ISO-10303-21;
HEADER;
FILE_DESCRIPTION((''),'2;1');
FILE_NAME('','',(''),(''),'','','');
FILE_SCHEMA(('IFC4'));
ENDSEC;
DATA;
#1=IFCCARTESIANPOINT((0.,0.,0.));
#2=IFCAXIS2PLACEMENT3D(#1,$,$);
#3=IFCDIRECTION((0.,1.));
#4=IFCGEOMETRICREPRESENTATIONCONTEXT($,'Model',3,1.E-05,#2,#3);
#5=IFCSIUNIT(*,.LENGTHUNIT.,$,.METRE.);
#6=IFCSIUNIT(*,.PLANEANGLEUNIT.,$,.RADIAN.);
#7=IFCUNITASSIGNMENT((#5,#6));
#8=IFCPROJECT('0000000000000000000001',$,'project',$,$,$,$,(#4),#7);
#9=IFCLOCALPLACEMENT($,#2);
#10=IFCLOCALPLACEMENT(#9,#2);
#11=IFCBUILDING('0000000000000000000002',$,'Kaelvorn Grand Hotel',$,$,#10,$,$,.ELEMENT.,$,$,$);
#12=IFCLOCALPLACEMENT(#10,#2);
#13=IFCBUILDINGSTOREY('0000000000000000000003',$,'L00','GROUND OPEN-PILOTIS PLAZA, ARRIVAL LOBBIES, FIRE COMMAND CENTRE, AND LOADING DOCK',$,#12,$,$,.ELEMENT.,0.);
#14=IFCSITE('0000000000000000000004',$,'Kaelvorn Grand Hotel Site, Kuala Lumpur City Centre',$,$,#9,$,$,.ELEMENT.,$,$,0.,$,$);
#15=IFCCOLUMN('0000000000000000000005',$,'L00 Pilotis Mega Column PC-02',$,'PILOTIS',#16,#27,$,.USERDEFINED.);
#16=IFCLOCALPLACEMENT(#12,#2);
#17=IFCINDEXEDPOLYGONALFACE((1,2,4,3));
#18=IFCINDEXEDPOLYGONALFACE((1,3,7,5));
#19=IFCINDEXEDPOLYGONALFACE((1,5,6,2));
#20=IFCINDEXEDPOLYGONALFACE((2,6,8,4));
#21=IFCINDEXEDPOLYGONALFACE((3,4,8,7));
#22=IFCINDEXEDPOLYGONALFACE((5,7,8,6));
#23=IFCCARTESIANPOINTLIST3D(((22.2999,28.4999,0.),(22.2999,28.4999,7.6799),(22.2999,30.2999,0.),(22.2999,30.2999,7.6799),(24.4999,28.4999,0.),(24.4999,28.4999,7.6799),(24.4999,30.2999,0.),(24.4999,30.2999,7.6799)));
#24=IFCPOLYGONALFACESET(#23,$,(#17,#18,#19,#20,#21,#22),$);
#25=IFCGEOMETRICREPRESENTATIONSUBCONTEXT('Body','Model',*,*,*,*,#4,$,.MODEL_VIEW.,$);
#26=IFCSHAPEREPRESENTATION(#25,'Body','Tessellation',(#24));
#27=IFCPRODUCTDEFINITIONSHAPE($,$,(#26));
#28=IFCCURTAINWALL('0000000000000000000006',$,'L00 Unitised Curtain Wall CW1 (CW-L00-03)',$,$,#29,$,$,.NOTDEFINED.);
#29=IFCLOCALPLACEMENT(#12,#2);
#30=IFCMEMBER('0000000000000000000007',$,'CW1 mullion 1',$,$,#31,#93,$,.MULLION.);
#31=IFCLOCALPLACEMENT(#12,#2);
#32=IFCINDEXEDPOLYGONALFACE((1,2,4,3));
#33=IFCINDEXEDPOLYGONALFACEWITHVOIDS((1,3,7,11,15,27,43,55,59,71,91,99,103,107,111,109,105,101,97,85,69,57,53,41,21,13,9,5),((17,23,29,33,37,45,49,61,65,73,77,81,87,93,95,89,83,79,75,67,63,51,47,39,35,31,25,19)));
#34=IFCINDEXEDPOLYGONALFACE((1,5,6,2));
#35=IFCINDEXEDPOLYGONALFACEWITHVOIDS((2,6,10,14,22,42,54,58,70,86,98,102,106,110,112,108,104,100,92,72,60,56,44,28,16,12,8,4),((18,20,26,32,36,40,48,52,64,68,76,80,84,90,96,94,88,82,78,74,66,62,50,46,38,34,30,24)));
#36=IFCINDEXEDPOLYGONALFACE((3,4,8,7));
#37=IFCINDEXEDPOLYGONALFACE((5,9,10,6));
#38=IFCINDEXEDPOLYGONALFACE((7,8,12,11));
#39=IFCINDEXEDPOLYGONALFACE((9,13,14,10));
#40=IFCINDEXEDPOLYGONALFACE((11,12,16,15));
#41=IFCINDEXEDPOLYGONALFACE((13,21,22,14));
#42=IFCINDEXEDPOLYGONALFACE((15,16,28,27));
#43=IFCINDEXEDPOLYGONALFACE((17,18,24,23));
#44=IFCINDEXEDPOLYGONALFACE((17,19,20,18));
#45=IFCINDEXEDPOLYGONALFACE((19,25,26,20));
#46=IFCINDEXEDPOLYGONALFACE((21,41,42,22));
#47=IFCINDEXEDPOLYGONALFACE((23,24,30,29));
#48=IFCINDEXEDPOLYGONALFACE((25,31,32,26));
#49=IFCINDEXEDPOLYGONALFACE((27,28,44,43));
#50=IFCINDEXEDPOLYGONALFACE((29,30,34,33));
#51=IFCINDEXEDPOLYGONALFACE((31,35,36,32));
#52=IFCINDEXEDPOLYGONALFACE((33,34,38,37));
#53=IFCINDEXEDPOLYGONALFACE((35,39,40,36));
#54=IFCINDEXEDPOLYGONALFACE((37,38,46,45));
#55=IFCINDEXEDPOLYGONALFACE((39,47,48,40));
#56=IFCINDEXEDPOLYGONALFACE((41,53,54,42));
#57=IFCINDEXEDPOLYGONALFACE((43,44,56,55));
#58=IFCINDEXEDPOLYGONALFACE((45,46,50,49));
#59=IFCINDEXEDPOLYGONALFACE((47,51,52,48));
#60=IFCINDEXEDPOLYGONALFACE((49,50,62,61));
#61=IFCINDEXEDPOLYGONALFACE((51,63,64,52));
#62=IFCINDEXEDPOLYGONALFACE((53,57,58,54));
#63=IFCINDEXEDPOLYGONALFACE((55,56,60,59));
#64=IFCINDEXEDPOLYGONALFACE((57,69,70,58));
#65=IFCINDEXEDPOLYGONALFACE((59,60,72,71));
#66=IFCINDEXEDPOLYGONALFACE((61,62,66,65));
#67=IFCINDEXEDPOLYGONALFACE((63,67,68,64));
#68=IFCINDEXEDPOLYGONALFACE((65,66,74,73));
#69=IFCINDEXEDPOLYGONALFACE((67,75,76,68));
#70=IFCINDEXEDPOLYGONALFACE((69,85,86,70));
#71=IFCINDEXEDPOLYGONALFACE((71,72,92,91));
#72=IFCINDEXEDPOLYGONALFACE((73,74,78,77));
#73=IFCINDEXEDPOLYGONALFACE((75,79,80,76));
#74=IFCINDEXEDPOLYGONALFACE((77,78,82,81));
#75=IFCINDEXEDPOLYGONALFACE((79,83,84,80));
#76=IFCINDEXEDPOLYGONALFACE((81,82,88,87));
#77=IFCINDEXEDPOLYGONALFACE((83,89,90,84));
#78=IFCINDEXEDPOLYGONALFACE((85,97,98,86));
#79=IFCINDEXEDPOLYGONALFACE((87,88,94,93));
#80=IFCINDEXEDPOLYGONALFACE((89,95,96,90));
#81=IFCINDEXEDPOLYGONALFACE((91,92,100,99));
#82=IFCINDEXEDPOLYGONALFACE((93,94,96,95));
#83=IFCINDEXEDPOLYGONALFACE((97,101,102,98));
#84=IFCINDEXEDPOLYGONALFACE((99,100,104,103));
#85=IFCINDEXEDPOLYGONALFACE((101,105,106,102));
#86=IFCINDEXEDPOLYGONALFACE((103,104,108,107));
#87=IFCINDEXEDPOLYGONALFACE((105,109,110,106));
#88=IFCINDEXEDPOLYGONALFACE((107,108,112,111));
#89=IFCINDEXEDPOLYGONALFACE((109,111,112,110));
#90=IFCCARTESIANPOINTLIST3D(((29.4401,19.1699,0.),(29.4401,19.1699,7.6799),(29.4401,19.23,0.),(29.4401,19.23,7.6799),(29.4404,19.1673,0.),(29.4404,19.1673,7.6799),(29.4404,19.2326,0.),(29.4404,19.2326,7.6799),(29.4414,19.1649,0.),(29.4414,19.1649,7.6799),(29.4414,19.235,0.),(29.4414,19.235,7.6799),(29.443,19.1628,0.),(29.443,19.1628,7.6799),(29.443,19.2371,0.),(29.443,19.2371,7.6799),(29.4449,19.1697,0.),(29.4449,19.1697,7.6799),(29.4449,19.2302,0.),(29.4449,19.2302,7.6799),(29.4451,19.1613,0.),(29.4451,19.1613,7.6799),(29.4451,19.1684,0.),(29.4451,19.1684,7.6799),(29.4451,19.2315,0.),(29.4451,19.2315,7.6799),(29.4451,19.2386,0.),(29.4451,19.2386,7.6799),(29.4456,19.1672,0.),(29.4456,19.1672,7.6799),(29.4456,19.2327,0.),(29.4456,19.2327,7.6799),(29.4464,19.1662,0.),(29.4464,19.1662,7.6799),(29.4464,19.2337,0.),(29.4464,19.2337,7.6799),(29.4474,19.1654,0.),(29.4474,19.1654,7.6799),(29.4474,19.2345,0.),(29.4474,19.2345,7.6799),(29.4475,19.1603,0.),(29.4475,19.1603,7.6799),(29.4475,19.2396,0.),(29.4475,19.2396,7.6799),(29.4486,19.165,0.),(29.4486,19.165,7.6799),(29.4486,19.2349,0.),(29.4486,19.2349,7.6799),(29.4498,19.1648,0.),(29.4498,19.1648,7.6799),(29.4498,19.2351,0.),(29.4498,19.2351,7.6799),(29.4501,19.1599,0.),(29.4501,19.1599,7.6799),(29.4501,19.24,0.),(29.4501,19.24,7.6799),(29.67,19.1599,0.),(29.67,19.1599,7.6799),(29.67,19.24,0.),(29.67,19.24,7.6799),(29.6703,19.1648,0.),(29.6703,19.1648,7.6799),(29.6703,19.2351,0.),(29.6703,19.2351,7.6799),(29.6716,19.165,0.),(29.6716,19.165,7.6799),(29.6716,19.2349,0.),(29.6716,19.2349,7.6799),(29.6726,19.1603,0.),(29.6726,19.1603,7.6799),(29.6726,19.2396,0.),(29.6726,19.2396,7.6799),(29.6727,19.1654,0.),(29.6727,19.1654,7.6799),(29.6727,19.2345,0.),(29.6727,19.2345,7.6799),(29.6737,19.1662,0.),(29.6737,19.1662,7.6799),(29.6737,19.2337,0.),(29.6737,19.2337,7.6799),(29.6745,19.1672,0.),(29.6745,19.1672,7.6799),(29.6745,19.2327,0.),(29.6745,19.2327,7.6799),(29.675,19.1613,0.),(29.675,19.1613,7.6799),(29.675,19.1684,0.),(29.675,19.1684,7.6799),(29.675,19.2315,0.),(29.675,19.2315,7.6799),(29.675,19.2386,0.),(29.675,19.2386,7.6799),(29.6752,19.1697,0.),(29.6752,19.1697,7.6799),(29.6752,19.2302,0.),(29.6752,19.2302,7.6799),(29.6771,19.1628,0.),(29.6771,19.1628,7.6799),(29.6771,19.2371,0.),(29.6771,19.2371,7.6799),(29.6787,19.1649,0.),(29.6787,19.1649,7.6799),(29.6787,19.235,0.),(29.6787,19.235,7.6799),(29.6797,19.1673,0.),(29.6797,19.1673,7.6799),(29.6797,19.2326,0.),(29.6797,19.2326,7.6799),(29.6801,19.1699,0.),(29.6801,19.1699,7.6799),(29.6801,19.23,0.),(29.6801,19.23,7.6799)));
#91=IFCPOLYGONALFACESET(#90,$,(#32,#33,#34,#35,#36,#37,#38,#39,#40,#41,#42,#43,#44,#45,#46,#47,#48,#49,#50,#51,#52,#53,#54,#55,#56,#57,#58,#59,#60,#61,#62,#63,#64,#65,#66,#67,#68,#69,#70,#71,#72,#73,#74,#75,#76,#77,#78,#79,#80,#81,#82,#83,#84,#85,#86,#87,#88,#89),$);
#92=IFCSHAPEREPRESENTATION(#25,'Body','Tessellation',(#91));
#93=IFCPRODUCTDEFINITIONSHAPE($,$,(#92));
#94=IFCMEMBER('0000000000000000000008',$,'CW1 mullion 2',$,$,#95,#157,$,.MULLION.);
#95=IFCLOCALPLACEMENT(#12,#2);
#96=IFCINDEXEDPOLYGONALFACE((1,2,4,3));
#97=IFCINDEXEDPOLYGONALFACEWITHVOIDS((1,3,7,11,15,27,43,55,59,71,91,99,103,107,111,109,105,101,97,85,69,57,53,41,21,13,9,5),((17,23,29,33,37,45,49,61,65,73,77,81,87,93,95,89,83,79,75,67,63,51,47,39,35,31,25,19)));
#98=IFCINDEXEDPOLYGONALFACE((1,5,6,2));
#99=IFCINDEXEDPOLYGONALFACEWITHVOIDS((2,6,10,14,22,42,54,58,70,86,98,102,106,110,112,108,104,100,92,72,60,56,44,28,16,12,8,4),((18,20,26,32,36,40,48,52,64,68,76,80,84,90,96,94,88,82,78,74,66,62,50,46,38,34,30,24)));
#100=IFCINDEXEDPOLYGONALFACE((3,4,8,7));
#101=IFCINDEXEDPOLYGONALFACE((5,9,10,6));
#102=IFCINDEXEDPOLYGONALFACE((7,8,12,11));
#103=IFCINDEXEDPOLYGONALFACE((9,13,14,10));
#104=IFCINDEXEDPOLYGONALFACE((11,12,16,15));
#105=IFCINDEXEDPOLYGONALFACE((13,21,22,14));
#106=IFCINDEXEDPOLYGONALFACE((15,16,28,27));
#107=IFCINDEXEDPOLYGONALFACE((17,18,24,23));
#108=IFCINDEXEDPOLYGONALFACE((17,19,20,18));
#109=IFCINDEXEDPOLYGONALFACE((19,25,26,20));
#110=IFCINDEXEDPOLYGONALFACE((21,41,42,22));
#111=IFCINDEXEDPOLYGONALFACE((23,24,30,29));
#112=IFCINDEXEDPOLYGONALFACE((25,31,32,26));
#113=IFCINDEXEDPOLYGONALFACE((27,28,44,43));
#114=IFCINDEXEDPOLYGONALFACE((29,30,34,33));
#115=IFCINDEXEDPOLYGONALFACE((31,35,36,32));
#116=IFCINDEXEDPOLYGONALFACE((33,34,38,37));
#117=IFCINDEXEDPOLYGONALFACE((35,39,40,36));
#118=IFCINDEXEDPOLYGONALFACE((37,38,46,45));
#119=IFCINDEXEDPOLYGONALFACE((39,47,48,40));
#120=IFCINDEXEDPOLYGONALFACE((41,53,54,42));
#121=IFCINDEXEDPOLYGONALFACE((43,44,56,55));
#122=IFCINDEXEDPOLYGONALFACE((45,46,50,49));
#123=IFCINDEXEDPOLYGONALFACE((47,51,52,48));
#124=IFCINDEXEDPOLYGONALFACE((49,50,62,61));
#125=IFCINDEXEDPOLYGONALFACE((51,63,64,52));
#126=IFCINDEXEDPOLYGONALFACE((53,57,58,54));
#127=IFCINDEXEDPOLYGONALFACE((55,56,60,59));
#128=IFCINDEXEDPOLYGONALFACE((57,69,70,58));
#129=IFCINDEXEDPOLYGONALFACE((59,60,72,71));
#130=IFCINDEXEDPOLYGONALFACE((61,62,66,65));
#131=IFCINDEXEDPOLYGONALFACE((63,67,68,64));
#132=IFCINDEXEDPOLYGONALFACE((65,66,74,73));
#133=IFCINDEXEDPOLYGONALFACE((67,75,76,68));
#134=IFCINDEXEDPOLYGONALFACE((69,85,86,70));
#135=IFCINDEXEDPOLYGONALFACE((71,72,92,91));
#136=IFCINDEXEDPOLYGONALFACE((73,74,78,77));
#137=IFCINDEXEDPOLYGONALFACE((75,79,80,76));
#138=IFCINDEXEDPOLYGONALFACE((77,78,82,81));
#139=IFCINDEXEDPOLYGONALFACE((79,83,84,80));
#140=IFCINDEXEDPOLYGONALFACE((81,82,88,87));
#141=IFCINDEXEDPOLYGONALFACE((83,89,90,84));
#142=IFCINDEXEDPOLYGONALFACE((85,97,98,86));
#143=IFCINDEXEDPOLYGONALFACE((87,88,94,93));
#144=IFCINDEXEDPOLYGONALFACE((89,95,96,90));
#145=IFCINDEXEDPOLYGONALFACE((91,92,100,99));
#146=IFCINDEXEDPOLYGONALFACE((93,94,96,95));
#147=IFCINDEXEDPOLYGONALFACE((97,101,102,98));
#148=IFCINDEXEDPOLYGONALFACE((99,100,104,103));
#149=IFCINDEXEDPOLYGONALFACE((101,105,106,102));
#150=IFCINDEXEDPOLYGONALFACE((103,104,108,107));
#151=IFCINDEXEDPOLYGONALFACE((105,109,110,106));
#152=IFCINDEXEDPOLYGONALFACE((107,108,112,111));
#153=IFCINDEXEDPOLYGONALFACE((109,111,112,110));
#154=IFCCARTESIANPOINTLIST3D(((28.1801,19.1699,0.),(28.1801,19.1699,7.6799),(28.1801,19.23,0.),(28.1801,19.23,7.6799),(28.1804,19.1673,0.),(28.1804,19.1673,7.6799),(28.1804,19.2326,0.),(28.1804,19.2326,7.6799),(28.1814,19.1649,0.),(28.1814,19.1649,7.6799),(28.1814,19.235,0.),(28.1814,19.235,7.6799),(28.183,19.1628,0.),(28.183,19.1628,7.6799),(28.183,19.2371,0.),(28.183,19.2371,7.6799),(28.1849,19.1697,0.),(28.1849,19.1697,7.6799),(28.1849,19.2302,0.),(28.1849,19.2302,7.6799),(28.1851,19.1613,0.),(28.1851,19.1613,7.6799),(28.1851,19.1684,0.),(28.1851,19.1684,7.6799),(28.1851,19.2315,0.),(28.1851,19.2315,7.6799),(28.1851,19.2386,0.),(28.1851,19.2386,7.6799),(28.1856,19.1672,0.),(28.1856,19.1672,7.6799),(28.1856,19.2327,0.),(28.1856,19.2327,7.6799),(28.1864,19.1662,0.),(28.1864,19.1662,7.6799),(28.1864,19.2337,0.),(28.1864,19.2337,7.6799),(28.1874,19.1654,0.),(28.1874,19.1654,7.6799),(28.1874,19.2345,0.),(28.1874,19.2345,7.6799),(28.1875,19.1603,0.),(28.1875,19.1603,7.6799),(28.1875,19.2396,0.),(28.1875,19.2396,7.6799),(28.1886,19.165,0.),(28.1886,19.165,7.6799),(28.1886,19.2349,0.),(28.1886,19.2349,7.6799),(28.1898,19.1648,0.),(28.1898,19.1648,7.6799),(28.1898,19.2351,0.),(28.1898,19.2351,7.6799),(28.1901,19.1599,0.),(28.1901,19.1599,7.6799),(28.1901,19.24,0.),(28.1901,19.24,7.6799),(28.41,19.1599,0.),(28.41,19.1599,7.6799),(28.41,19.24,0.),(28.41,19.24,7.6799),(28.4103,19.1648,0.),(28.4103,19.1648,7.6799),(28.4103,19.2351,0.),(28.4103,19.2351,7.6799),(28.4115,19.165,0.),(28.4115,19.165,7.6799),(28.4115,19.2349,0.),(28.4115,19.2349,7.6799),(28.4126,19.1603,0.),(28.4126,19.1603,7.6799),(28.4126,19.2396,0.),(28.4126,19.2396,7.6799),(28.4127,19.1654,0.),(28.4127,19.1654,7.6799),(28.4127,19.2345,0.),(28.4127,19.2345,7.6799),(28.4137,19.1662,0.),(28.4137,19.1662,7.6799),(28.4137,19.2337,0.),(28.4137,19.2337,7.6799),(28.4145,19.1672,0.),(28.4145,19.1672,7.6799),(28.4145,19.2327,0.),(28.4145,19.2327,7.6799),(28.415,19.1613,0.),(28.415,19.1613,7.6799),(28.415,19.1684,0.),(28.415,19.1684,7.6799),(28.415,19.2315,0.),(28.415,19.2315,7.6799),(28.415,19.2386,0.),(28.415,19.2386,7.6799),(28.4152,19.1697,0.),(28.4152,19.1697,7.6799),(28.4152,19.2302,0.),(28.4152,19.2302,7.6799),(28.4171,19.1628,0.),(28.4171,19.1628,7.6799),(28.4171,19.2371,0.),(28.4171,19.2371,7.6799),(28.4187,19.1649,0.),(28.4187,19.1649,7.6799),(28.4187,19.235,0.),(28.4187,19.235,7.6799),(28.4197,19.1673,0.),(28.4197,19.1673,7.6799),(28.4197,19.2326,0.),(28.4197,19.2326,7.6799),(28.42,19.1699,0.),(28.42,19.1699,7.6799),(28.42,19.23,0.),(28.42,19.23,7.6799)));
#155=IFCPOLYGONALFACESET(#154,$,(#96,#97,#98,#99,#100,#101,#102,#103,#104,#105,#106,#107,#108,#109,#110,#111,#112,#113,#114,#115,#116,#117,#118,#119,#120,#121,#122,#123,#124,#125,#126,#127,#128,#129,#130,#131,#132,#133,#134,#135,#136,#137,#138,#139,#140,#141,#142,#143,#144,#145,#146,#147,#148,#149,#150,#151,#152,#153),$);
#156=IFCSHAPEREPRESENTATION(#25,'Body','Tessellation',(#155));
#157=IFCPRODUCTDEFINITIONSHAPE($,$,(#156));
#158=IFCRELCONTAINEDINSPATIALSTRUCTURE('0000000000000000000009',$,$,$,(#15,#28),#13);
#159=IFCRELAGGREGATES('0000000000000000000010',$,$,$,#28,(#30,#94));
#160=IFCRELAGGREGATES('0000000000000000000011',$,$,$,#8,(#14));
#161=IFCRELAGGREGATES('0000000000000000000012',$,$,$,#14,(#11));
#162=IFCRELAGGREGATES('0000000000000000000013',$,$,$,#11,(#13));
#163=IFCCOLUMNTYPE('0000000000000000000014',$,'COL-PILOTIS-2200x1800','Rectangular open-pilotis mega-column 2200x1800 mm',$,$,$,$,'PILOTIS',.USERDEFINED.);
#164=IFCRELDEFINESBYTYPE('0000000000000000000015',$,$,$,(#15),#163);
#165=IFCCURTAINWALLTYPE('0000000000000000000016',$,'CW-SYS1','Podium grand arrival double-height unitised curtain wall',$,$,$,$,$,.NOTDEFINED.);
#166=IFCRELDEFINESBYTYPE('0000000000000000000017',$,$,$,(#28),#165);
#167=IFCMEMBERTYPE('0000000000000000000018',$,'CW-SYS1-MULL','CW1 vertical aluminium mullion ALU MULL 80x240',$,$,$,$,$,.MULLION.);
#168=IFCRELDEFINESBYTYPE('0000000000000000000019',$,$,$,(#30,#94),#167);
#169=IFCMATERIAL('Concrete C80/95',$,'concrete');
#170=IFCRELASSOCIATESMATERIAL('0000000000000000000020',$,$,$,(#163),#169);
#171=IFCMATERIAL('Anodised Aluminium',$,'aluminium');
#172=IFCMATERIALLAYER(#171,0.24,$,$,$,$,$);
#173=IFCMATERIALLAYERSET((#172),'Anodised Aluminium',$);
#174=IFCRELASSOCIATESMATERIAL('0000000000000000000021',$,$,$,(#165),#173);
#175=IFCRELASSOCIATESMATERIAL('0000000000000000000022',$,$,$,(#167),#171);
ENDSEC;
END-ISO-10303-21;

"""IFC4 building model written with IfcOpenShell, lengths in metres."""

from ifc_helpers import new_model, si_unit, direction, frame, origin, origin_2d, place, context, subcontext, project, spatial, rectangle, hollow_rectangle, extrude, material, layer, layer_set, material_profile, profile_set, type_object, element, aggregate, save


model = new_model("IFC4")

# Units and contexts
model_context = context("Model", 3, precision=1e-05, world=origin(), true_north=direction((0.0, 1.0)))
body_context = subcontext(model_context, "Body", "Model", "MODEL_VIEW")
ifc_project = project(units=[si_unit("LENGTHUNIT", "METRE"), si_unit("PLANEANGLEUNIT", "RADIAN")], contexts=[model_context])

# Site, building, storey
site_placement = place(None, origin())
site = spatial("IfcSite", under=ifc_project, at=site_placement, Name="Kaelvorn Grand Hotel Site, Kuala Lumpur City Centre", CompositionType="ELEMENT", RefElevation=0.0)
building_placement = place(site_placement, origin())
building = spatial("IfcBuilding", under=site, at=building_placement, Name="Kaelvorn Grand Hotel", CompositionType="ELEMENT")
storey_placement = place(building_placement, origin())
storey = spatial("IfcBuildingStorey", under=building, at=storey_placement, Name="L00", Description="GROUND OPEN-PILOTIS PLAZA, ARRIVAL LOBBIES, FIRE COMMAND CENTRE, AND LOADING DOCK", CompositionType="ELEMENT", Elevation=0.0)

# Column
ifc_material_1 = material(Name="Concrete C80/95", Category="concrete")
ifc_material_profile_1 = material_profile(ifc_material_1, rectangle(XDim=2.2, YDim=1.8, at=origin_2d()), Name="PILOTIS 2200x1800")
ifc_profile_set_1 = profile_set([ifc_material_profile_1], Name="Concrete C80/95")
column_type = type_object("IfcColumnType", Name="COL-PILOTIS-2200x1800", Description="Rectangular open-pilotis mega-column 2200x1800 mm", ElementType="PILOTIS", PredefinedType="USERDEFINED", material=ifc_profile_set_1)
column_placement = place(storey_placement, frame((23.3999, 29.3999, 0.0), z_axis=(0.0, 0.0, 1.0), x_axis=(1.0, 0.0, 0.0)))
element("IfcColumn", 1, at=column_placement, inside=storey, type_object=column_type, Name="L00 Pilotis Mega Column PC-02", ObjectType="PILOTIS", PredefinedType="USERDEFINED", context=body_context, shape_type="SweptSolid", body=[
    extrude(rectangle(XDim=2.2, YDim=1.8, at=origin_2d()), origin(), (0.0, 0.0, 1.0), 7.6799),
])

# Curtain wall, members
ifc_material_2 = material(Name="Anodised Aluminium", Category="aluminium")
ifc_layer_1 = layer(ifc_material_2, 0.24)
ifc_layer_set_1 = layer_set([ifc_layer_1], Name="Anodised Aluminium")
curtain_wall_type = type_object("IfcCurtainWallType", Name="CW-SYS1", Description="Podium grand arrival double-height unitised curtain wall", PredefinedType="NOTDEFINED", material=ifc_layer_set_1)
curtain_wall_placement = place(storey_placement, origin())
curtain_wall = element("IfcCurtainWall", 2, at=curtain_wall_placement, inside=storey, type_object=curtain_wall_type, Name="L00 Unitised Curtain Wall CW1 (CW-L00-03)", PredefinedType="NOTDEFINED")
ifc_material_profile_2 = material_profile(ifc_material_2, hollow_rectangle(XDim=0.0801, YDim=0.24, WallThickness=0.0049, InnerFilletRadius=0.0049, OuterFilletRadius=0.01, at=origin_2d()), Name="ALU MULL 80x240")
ifc_profile_set_2 = profile_set([ifc_material_profile_2], Name="Anodised Aluminium")
member_type_1 = type_object("IfcMemberType", Name="CW-SYS1-MULL", Description="CW1 vertical aluminium mullion ALU MULL 80x240", PredefinedType="MULLION", material=ifc_profile_set_2)
member_1_placement = place(storey_placement, frame((29.5601, 19.2, 0.0), z_axis=(0.0, 0.0, 1.0), x_axis=(0.0, -1.0, 0.0)))
member_1 = element("IfcMember", 3, at=member_1_placement, type_object=member_type_1, Name="CW1 mullion 1", PredefinedType="MULLION", context=body_context, shape_type="SweptSolid", body=[
    extrude(hollow_rectangle(XDim=0.0801, YDim=0.24, WallThickness=0.0049, InnerFilletRadius=0.0049, OuterFilletRadius=0.01, at=origin_2d()), origin(), (0.0, 0.0, 1.0), 7.6799),
])
member_2_placement = place(storey_placement, frame((28.3, 19.2, 0.0), z_axis=(0.0, 0.0, 1.0), x_axis=(0.0, -1.0, 0.0)))
member_2 = element("IfcMember", 4, at=member_2_placement, type_object=member_type_1, Name="CW1 mullion 2", PredefinedType="MULLION", context=body_context, shape_type="SweptSolid", body=[
    extrude(hollow_rectangle(XDim=0.0801, YDim=0.24, WallThickness=0.0049, InnerFilletRadius=0.0049, OuterFilletRadius=0.01, at=origin_2d()), origin(), (0.0, 0.0, 1.0), 7.6799),
])
aggregate(curtain_wall, [member_1, member_2])

save(model, "model.ifc")
